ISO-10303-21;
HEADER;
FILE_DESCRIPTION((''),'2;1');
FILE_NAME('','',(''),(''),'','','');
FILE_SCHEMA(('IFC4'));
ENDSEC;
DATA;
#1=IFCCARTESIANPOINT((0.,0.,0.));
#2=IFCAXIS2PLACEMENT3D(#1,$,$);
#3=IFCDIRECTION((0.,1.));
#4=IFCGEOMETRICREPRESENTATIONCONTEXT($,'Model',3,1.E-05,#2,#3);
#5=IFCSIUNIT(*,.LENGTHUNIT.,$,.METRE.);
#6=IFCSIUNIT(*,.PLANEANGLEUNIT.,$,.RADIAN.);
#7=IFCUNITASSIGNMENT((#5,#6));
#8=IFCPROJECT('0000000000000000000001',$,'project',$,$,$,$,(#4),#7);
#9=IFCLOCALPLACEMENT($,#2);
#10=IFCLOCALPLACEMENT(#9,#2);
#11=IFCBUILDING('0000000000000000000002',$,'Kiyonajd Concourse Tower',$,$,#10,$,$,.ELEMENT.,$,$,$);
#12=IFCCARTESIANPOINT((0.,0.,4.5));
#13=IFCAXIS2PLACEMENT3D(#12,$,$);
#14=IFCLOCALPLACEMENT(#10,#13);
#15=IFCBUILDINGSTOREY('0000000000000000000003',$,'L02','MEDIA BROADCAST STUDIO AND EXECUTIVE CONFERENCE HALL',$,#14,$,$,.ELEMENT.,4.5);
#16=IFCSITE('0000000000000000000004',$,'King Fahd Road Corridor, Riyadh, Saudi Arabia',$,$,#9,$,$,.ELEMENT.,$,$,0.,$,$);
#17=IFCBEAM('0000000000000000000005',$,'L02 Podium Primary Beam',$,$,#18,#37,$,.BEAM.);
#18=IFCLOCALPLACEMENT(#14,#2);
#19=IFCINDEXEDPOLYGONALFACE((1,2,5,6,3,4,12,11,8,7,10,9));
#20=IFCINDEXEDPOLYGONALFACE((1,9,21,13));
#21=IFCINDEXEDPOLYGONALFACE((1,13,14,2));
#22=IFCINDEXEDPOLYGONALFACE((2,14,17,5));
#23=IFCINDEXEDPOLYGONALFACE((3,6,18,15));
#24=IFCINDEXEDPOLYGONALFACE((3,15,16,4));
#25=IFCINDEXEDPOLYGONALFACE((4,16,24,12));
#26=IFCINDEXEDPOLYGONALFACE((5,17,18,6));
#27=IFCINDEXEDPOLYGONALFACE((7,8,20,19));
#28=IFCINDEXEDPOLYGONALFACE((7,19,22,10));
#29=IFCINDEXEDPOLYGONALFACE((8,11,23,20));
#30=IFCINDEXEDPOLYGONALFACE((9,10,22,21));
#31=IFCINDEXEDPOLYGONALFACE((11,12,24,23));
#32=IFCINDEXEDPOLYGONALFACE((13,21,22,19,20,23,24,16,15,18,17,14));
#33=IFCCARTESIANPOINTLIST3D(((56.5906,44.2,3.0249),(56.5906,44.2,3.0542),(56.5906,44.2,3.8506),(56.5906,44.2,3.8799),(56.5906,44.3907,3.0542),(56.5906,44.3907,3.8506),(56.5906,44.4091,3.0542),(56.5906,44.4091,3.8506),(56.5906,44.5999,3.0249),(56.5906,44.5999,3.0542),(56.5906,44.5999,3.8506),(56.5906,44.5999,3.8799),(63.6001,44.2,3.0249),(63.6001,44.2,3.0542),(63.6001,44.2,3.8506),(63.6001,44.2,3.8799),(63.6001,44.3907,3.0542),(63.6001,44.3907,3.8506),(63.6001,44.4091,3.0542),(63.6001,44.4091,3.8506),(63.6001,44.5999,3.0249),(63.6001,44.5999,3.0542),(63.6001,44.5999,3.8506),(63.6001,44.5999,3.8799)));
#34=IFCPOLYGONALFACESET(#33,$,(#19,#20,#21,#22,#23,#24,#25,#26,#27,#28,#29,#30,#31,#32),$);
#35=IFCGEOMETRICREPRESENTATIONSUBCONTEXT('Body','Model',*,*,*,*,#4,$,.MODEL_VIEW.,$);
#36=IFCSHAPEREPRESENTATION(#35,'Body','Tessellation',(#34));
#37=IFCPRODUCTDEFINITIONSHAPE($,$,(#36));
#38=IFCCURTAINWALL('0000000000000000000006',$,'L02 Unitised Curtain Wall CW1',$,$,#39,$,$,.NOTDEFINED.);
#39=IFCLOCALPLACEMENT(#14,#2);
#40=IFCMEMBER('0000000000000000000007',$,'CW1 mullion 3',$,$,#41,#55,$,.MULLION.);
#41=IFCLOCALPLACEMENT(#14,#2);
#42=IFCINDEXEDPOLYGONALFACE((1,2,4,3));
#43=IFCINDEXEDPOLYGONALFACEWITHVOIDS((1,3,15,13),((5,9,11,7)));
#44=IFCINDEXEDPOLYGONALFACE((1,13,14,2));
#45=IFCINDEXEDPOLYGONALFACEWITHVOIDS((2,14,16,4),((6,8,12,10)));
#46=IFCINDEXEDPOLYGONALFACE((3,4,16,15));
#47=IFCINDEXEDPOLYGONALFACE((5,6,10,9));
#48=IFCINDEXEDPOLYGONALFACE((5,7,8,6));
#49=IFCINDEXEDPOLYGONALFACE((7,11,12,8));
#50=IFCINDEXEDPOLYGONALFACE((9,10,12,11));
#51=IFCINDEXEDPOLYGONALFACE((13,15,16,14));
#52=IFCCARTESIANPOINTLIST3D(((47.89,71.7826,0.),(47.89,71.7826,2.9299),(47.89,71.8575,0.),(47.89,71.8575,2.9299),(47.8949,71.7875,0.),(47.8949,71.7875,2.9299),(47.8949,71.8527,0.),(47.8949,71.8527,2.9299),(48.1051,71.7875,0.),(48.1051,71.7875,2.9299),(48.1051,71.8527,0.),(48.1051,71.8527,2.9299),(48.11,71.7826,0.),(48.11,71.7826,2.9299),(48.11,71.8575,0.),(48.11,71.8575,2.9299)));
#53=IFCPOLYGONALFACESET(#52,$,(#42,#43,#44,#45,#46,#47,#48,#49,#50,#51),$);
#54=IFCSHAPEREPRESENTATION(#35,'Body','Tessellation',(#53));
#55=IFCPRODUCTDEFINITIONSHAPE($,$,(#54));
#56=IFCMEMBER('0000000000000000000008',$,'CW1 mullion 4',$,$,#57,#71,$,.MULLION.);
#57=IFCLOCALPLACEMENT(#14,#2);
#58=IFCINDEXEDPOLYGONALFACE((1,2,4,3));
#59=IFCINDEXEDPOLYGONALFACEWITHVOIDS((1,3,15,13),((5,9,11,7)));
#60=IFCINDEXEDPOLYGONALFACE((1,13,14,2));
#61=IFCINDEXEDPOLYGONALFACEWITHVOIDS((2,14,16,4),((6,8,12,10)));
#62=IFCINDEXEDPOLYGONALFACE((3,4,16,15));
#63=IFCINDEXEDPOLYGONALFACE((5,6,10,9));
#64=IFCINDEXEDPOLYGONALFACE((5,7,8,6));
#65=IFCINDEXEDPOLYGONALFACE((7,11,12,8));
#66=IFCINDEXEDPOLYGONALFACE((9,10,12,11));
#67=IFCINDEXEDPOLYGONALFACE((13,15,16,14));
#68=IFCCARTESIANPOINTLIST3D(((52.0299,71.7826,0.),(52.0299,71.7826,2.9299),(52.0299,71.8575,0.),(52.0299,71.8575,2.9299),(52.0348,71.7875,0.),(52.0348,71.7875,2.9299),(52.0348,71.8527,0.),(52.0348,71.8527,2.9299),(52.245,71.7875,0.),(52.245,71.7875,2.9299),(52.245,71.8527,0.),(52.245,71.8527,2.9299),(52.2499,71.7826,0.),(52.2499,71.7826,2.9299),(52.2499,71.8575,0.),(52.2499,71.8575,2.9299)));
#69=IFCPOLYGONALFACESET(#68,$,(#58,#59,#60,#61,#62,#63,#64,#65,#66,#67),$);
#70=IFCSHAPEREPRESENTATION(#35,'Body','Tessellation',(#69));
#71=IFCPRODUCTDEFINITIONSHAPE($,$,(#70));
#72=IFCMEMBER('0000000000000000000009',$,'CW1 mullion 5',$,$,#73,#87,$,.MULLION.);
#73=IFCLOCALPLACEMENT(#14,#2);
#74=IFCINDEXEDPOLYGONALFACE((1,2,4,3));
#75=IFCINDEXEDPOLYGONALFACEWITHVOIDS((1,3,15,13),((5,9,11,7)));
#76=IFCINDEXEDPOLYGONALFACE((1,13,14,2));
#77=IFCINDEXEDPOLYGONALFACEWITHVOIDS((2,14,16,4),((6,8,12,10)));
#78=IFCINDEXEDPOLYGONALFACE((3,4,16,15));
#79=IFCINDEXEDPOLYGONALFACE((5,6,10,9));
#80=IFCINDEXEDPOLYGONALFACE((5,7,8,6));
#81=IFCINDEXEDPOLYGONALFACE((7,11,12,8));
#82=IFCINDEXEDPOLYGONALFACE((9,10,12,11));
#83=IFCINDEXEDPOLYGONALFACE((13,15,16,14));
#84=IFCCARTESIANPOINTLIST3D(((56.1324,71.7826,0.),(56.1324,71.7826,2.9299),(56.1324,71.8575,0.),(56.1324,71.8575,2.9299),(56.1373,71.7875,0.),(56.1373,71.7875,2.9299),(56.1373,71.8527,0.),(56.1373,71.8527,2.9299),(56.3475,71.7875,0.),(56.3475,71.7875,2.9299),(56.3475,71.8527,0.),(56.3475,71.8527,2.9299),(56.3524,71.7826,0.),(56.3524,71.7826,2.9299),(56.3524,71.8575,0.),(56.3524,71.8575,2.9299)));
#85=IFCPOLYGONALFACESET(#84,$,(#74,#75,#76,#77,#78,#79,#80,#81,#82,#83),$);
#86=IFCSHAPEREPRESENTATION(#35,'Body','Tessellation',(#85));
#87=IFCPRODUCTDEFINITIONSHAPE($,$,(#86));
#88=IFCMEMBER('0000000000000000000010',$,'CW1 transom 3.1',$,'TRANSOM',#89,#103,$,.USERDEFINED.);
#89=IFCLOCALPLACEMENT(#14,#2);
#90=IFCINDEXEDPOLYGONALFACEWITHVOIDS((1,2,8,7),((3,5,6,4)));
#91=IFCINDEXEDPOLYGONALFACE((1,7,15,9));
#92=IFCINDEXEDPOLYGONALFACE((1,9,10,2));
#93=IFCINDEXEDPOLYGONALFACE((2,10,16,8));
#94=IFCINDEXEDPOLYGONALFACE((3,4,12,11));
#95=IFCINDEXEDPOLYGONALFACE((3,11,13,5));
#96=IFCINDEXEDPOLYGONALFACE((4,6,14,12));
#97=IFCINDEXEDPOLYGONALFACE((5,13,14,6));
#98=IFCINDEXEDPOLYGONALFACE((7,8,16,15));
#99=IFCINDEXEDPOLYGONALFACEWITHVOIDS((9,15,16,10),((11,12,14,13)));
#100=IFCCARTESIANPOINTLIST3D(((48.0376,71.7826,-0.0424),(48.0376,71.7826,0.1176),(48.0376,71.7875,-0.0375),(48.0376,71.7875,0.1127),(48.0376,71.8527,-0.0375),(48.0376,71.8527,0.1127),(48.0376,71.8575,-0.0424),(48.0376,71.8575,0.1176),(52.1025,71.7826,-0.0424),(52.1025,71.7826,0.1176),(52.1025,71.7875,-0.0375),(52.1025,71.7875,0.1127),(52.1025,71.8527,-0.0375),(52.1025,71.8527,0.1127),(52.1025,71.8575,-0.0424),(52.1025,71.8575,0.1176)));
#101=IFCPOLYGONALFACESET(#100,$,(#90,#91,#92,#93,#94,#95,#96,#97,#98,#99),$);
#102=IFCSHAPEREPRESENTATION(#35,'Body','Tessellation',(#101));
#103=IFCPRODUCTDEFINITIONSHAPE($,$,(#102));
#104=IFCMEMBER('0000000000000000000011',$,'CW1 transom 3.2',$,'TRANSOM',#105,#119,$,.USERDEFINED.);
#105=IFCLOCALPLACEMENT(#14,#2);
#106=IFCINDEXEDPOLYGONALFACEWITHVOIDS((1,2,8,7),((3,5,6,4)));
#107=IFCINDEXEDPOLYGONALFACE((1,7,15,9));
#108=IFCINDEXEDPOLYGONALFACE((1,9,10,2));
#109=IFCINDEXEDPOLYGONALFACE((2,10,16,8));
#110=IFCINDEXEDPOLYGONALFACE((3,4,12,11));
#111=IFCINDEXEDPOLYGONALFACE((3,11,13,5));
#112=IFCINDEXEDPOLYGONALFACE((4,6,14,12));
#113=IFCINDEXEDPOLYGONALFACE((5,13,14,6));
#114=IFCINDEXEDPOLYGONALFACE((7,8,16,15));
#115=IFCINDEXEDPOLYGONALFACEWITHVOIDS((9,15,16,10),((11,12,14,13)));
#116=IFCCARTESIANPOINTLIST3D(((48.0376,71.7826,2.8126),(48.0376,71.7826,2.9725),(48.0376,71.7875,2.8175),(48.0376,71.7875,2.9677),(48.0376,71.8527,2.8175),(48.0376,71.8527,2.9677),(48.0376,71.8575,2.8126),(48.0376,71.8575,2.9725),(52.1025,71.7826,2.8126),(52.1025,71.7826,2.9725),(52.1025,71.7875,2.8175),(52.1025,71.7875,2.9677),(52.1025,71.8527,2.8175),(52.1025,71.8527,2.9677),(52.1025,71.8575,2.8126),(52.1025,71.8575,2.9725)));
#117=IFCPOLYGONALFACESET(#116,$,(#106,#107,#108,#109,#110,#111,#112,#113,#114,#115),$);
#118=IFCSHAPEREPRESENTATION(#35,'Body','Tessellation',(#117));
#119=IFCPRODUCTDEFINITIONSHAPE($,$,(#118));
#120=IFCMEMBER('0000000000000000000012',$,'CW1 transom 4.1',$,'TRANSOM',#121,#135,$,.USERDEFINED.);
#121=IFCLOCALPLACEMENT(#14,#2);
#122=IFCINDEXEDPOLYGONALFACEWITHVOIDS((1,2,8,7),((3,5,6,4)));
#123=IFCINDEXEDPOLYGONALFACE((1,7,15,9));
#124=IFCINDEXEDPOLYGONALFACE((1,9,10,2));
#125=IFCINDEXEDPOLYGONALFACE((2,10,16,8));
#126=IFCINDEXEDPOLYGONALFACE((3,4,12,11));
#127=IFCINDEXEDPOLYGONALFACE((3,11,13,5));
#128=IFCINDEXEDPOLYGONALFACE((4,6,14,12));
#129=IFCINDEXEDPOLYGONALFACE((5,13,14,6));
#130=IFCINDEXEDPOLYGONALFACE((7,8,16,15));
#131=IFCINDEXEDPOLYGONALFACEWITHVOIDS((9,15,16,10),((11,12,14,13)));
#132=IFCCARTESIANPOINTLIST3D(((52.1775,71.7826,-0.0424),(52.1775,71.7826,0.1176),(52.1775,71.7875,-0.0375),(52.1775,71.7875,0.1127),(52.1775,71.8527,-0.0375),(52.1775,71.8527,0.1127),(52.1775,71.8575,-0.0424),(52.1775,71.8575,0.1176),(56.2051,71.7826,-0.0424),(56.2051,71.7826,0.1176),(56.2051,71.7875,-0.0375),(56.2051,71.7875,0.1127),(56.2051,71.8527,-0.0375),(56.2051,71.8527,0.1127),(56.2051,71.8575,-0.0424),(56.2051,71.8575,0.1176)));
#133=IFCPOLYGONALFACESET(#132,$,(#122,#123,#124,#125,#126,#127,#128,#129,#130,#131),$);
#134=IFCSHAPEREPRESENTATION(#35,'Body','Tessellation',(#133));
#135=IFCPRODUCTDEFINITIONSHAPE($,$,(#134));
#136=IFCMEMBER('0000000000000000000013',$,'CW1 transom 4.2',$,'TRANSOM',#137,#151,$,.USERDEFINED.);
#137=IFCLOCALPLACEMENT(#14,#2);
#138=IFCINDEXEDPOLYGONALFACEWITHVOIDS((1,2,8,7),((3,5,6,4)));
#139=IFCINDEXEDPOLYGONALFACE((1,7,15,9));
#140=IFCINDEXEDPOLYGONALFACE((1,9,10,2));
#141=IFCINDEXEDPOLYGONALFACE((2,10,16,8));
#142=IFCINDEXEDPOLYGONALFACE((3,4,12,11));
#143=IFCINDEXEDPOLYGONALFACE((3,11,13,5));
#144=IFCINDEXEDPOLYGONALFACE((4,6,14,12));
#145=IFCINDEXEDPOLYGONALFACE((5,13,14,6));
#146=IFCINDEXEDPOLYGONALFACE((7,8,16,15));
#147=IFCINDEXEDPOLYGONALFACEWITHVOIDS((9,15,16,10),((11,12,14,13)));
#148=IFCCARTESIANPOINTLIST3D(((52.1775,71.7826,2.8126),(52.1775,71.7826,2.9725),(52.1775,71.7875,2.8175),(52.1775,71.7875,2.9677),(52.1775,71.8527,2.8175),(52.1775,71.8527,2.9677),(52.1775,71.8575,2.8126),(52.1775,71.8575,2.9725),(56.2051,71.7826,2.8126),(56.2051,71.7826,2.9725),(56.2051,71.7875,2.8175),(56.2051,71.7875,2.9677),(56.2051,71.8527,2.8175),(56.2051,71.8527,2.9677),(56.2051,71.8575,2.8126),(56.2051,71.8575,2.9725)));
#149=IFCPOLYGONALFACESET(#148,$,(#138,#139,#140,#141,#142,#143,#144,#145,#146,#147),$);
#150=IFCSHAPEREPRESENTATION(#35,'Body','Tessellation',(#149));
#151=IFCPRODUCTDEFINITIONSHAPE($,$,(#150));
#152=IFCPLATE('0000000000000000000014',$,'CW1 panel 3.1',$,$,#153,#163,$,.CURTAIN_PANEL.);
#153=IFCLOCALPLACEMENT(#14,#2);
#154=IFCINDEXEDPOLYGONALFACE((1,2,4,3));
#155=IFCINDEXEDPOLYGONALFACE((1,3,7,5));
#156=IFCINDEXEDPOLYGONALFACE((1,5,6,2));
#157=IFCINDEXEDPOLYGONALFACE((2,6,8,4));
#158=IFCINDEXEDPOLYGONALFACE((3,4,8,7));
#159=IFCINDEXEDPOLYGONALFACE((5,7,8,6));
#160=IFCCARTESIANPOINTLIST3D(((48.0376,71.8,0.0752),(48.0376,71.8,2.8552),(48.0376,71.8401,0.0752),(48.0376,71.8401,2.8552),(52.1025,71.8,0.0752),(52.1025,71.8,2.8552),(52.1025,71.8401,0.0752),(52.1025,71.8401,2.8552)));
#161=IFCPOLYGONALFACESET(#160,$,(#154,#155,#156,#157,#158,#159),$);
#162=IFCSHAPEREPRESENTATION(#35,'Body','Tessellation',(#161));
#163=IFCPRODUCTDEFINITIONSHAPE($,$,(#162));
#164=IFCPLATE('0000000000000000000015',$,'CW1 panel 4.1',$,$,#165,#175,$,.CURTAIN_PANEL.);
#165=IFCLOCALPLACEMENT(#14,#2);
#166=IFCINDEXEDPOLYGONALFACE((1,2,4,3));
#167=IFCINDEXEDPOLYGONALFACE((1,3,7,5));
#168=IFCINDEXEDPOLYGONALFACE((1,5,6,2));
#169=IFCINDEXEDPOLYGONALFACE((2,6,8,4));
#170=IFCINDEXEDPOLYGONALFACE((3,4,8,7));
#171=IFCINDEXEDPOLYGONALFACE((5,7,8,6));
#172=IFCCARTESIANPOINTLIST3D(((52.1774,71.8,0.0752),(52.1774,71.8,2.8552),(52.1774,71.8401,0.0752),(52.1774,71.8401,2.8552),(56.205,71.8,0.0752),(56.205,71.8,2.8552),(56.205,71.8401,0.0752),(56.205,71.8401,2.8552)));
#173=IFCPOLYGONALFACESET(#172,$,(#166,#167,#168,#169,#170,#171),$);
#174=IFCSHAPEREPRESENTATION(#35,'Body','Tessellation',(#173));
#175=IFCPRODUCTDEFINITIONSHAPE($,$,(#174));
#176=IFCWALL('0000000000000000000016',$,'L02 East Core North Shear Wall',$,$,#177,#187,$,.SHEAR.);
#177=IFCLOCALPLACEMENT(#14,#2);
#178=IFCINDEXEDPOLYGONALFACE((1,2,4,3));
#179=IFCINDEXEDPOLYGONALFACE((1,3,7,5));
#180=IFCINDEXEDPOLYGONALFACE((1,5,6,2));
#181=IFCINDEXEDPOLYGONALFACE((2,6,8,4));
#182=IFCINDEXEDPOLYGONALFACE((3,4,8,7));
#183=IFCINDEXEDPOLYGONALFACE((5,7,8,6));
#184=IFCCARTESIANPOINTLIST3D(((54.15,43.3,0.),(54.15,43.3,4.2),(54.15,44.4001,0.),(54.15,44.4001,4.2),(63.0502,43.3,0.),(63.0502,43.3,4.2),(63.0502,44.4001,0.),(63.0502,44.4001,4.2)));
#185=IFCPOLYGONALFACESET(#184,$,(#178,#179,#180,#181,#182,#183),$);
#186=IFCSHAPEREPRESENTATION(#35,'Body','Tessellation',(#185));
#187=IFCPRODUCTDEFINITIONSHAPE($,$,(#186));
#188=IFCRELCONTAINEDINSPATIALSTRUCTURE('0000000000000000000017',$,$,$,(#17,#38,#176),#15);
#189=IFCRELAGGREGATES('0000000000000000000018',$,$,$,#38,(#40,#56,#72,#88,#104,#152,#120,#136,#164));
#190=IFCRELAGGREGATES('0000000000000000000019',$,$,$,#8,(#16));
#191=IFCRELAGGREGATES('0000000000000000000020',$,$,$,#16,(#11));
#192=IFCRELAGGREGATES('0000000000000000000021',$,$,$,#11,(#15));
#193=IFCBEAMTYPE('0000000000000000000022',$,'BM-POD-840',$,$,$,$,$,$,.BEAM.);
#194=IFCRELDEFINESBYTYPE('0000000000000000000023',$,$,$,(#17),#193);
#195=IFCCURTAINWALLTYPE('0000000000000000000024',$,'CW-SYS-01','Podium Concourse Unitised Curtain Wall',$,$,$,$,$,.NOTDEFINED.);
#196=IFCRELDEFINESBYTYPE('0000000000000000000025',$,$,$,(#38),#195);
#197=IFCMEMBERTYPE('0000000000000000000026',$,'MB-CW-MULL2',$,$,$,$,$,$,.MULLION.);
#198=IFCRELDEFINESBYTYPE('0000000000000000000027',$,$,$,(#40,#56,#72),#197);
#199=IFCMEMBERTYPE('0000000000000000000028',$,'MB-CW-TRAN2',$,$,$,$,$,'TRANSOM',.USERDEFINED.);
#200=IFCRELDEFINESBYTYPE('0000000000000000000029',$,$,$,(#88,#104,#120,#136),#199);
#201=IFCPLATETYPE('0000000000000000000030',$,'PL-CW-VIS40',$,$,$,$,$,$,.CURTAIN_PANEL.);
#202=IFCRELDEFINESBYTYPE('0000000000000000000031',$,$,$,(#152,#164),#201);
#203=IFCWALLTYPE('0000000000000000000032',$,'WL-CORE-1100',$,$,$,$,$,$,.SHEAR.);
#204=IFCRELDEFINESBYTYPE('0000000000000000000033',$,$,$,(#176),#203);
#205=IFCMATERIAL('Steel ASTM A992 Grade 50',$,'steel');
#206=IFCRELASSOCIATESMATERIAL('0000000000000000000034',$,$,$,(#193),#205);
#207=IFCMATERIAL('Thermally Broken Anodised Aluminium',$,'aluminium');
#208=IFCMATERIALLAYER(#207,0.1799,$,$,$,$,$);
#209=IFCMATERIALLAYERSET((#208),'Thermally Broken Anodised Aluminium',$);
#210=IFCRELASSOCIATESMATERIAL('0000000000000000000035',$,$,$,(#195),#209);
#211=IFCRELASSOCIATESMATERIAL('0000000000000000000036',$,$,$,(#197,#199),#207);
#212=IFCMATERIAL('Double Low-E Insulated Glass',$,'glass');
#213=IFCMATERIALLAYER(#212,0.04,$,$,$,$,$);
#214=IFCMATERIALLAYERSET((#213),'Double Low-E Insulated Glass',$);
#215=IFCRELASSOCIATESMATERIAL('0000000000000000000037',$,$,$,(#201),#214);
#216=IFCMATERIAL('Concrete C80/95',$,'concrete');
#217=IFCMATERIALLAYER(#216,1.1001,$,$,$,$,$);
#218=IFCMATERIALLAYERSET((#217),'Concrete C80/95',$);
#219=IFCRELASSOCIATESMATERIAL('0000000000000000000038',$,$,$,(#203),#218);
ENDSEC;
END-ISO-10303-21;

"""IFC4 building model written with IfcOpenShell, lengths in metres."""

from ifc_helpers import new_model, si_unit, direction, frame, frame_2d, origin, origin_2d, place, context, subcontext, project, spatial, rectangle, hollow_rectangle, i_section, extrude, material, layer, layer_set, material_profile, profile_set, type_object, element, aggregate, save


model = new_model("IFC4")

# Units and contexts
model_context = context("Model", 3, precision=1e-05, world=origin(), true_north=direction((0.0, 1.0)))
body_context = subcontext(model_context, "Body", "Model", "MODEL_VIEW")
ifc_project = project(units=[si_unit("LENGTHUNIT", "METRE"), si_unit("PLANEANGLEUNIT", "RADIAN")], contexts=[model_context])

# Site, building, storey
site_placement = place(None, origin())
site = spatial("IfcSite", under=ifc_project, at=site_placement, Name="King Fahd Road Corridor, Riyadh, Saudi Arabia", CompositionType="ELEMENT", RefElevation=0.0)
building_placement = place(site_placement, origin())
building = spatial("IfcBuilding", under=site, at=building_placement, Name="Kiyonajd Concourse Tower", CompositionType="ELEMENT")
storey_placement = place(building_placement, frame((0.0, 0.0, 4.5)))
storey = spatial("IfcBuildingStorey", under=building, at=storey_placement, Name="L02", Description="MEDIA BROADCAST STUDIO AND EXECUTIVE CONFERENCE HALL", CompositionType="ELEMENT", Elevation=4.5)

# Shared definitions
ifc_material_1 = material(Name="Concrete C80/95", Category="concrete")

# Beam
ifc_material_2 = material(Name="Steel ASTM A992 Grade 50", Category="steel")
ifc_material_profile_1 = material_profile(ifc_material_2, i_section(OverallWidth=0.3999, OverallDepth=0.855, WebThickness=0.0183, FlangeThickness=0.0293, at=origin_2d()), Name="W840X299")
ifc_profile_set_1 = profile_set([ifc_material_profile_1], Name="Steel ASTM A992 Grade 50")
beam_type_1 = type_object("IfcBeamType", Name="BM-POD-840", PredefinedType="BEAM", material=ifc_profile_set_1)
beam_1_placement = place(storey_placement, frame((56.5906, 44.3999, 3.4524), z_axis=(1.0, 0.0, 0.0), x_axis=(0.0, 1.0, 0.0)))
element("IfcBeam", 1, at=beam_1_placement, inside=storey, type_object=beam_type_1, Name="L02 Podium Primary Beam", PredefinedType="BEAM", context=body_context, shape_type="SweptSolid", body=[
    extrude(i_section(OverallWidth=0.3999, OverallDepth=0.855, WebThickness=0.0183, FlangeThickness=0.0293, at=origin_2d()), origin(), (0.0, 0.0, 1.0), 7.0095),
])

# Curtain wall, members, plates
ifc_material_3 = material(Name="Thermally Broken Anodised Aluminium", Category="aluminium")
ifc_layer_1 = layer(ifc_material_3, 0.1799)
ifc_layer_set_1 = layer_set([ifc_layer_1], Name="Thermally Broken Anodised Aluminium")
curtain_wall_type = type_object("IfcCurtainWallType", Name="CW-SYS-01", Description="Podium Concourse Unitised Curtain Wall", PredefinedType="NOTDEFINED", material=ifc_layer_set_1)
curtain_wall_placement = place(storey_placement, origin())
curtain_wall = element("IfcCurtainWall", 2, at=curtain_wall_placement, inside=storey, type_object=curtain_wall_type, Name="L02 Unitised Curtain Wall CW1", PredefinedType="NOTDEFINED")
ifc_material_profile_2 = material_profile(ifc_material_3, hollow_rectangle(XDim=0.075, YDim=0.22, WallThickness=0.0049, at=origin_2d()), Name="MULL-75x220")
ifc_profile_set_2 = profile_set([ifc_material_profile_2], Name="Thermally Broken Anodised Aluminium")
member_type_1 = type_object("IfcMemberType", Name="MB-CW-MULL2", PredefinedType="MULLION", material=ifc_profile_set_2)
member_1_placement = place(storey_placement, frame((48.0, 71.8201, 0.0), z_axis=(0.0, 0.0, 1.0), x_axis=(0.0, 1.0, 0.0)))
member_1 = element("IfcMember", 3, at=member_1_placement, type_object=member_type_1, Name="CW1 mullion 3", PredefinedType="MULLION", context=body_context, shape_type="SweptSolid", body=[
    extrude(hollow_rectangle(XDim=0.075, YDim=0.22, WallThickness=0.0049, at=origin_2d()), origin(), (0.0, 0.0, 1.0), 2.9299),
])
member_2_placement = place(storey_placement, frame((52.1399, 71.8201, 0.0), z_axis=(0.0, 0.0, 1.0), x_axis=(0.0, 1.0, 0.0)))
member_2 = element("IfcMember", 4, at=member_2_placement, type_object=member_type_1, Name="CW1 mullion 4", PredefinedType="MULLION", context=body_context, shape_type="SweptSolid", body=[
    extrude(hollow_rectangle(XDim=0.075, YDim=0.22, WallThickness=0.0049, at=origin_2d()), origin(), (0.0, 0.0, 1.0), 2.9299),
])
member_3_placement = place(storey_placement, frame((56.2424, 71.8201, 0.0), z_axis=(0.0, 0.0, 1.0), x_axis=(0.0, 1.0, 0.0)))
member_3 = element("IfcMember", 5, at=member_3_placement, type_object=member_type_1, Name="CW1 mullion 5", PredefinedType="MULLION", context=body_context, shape_type="SweptSolid", body=[
    extrude(hollow_rectangle(XDim=0.075, YDim=0.22, WallThickness=0.0049, at=origin_2d()), origin(), (0.0, 0.0, 1.0), 2.9299),
])
ifc_material_profile_3 = material_profile(ifc_material_3, hollow_rectangle(XDim=0.075, YDim=0.1599, WallThickness=0.0049, at=origin_2d()), Name="TRAN-75x160")
ifc_profile_set_3 = profile_set([ifc_material_profile_3], Name="Thermally Broken Anodised Aluminium")
member_type_2 = type_object("IfcMemberType", Name="MB-CW-TRAN2", ElementType="TRANSOM", PredefinedType="USERDEFINED", material=ifc_profile_set_3)
member_4_placement = place(storey_placement, frame((48.0376, 71.8201, 0.0376), z_axis=(1.0, 0.0, 0.0), x_axis=(0.0, 1.0, 0.0)))
member_4 = element("IfcMember", 6, at=member_4_placement, type_object=member_type_2, Name="CW1 transom 3.1", ObjectType="TRANSOM", PredefinedType="USERDEFINED", context=body_context, shape_type="SweptSolid", body=[
    extrude(hollow_rectangle(XDim=0.075, YDim=0.1599, WallThickness=0.0049, at=origin_2d()), origin(), (0.0, 0.0, 1.0), 4.0649),
])
member_5_placement = place(storey_placement, frame((48.0376, 71.8201, 2.8926), z_axis=(1.0, 0.0, 0.0), x_axis=(0.0, 1.0, 0.0)))
member_5 = element("IfcMember", 7, at=member_5_placement, type_object=member_type_2, Name="CW1 transom 3.2", ObjectType="TRANSOM", PredefinedType="USERDEFINED", context=body_context, shape_type="SweptSolid", body=[
    extrude(hollow_rectangle(XDim=0.075, YDim=0.1599, WallThickness=0.0049, at=origin_2d()), origin(), (0.0, 0.0, 1.0), 4.0649),
])
member_6_placement = place(storey_placement, frame((52.1775, 71.8201, 0.0376), z_axis=(1.0, 0.0, 0.0), x_axis=(0.0, 1.0, 0.0)))
member_6 = element("IfcMember", 8, at=member_6_placement, type_object=member_type_2, Name="CW1 transom 4.1", ObjectType="TRANSOM", PredefinedType="USERDEFINED", context=body_context, shape_type="SweptSolid", body=[
    extrude(hollow_rectangle(XDim=0.075, YDim=0.1599, WallThickness=0.0049, at=origin_2d()), origin(), (0.0, 0.0, 1.0), 4.0276),
])
member_7_placement = place(storey_placement, frame((52.1775, 71.8201, 2.8926), z_axis=(1.0, 0.0, 0.0), x_axis=(0.0, 1.0, 0.0)))
member_7 = element("IfcMember", 9, at=member_7_placement, type_object=member_type_2, Name="CW1 transom 4.2", ObjectType="TRANSOM", PredefinedType="USERDEFINED", context=body_context, shape_type="SweptSolid", body=[
    extrude(hollow_rectangle(XDim=0.075, YDim=0.1599, WallThickness=0.0049, at=origin_2d()), origin(), (0.0, 0.0, 1.0), 4.0276),
])
ifc_material_4 = material(Name="Double Low-E Insulated Glass", Category="glass")
ifc_layer_2 = layer(ifc_material_4, 0.04)
ifc_layer_set_2 = layer_set([ifc_layer_2], Name="Double Low-E Insulated Glass")
plate_type = type_object("IfcPlateType", Name="PL-CW-VIS40", PredefinedType="CURTAIN_PANEL", material=ifc_layer_set_2)
plate_1_placement = place(storey_placement, frame((50.0701, 71.8201, 0.0752), z_axis=(0.0, 0.0, 1.0), x_axis=(1.0, 0.0, 0.0)))
plate_1 = element("IfcPlate", 10, at=plate_1_placement, type_object=plate_type, Name="CW1 panel 3.1", PredefinedType="CURTAIN_PANEL", context=body_context, shape_type="SweptSolid", body=[
    extrude(rectangle(XDim=4.0649, YDim=0.04, at=origin_2d()), origin(), (0.0, 0.0, 1.0), 2.78),
])
plate_2_placement = place(storey_placement, frame((54.1912, 71.8201, 0.0752), z_axis=(0.0, 0.0, 1.0), x_axis=(1.0, 0.0, 0.0)))
plate_2 = element("IfcPlate", 11, at=plate_2_placement, type_object=plate_type, Name="CW1 panel 4.1", PredefinedType="CURTAIN_PANEL", context=body_context, shape_type="SweptSolid", body=[
    extrude(rectangle(XDim=4.0276, YDim=0.04, at=origin_2d()), origin(), (0.0, 0.0, 1.0), 2.78),
])
aggregate(curtain_wall, [member_1, member_2, member_3, member_4, member_5, plate_1, member_6, member_7, plate_2])

# Wall
ifc_layer_3 = layer(ifc_material_1, 1.1001)
ifc_layer_set_3 = layer_set([ifc_layer_3], Name="Concrete C80/95")
wall_type_1 = type_object("IfcWallType", Name="WL-CORE-1100", PredefinedType="SHEAR", material=ifc_layer_set_3)
wall_1_placement = place(storey_placement, frame((54.1499, 43.8501, 0.0), z_axis=(0.0, 0.0, 1.0), x_axis=(1.0, 0.0, 0.0)))
element("IfcWall", 12, at=wall_1_placement, inside=storey, type_object=wall_type_1, Name="L02 East Core North Shear Wall", PredefinedType="SHEAR", context=body_context, shape_type="SweptSolid", body=[
    extrude(rectangle(XDim=8.9001, YDim=1.1001, at=frame_2d((4.4502, 0.0))), origin(), (0.0, 0.0, 1.0), 4.2),
])

save(model, "model.ifc")
